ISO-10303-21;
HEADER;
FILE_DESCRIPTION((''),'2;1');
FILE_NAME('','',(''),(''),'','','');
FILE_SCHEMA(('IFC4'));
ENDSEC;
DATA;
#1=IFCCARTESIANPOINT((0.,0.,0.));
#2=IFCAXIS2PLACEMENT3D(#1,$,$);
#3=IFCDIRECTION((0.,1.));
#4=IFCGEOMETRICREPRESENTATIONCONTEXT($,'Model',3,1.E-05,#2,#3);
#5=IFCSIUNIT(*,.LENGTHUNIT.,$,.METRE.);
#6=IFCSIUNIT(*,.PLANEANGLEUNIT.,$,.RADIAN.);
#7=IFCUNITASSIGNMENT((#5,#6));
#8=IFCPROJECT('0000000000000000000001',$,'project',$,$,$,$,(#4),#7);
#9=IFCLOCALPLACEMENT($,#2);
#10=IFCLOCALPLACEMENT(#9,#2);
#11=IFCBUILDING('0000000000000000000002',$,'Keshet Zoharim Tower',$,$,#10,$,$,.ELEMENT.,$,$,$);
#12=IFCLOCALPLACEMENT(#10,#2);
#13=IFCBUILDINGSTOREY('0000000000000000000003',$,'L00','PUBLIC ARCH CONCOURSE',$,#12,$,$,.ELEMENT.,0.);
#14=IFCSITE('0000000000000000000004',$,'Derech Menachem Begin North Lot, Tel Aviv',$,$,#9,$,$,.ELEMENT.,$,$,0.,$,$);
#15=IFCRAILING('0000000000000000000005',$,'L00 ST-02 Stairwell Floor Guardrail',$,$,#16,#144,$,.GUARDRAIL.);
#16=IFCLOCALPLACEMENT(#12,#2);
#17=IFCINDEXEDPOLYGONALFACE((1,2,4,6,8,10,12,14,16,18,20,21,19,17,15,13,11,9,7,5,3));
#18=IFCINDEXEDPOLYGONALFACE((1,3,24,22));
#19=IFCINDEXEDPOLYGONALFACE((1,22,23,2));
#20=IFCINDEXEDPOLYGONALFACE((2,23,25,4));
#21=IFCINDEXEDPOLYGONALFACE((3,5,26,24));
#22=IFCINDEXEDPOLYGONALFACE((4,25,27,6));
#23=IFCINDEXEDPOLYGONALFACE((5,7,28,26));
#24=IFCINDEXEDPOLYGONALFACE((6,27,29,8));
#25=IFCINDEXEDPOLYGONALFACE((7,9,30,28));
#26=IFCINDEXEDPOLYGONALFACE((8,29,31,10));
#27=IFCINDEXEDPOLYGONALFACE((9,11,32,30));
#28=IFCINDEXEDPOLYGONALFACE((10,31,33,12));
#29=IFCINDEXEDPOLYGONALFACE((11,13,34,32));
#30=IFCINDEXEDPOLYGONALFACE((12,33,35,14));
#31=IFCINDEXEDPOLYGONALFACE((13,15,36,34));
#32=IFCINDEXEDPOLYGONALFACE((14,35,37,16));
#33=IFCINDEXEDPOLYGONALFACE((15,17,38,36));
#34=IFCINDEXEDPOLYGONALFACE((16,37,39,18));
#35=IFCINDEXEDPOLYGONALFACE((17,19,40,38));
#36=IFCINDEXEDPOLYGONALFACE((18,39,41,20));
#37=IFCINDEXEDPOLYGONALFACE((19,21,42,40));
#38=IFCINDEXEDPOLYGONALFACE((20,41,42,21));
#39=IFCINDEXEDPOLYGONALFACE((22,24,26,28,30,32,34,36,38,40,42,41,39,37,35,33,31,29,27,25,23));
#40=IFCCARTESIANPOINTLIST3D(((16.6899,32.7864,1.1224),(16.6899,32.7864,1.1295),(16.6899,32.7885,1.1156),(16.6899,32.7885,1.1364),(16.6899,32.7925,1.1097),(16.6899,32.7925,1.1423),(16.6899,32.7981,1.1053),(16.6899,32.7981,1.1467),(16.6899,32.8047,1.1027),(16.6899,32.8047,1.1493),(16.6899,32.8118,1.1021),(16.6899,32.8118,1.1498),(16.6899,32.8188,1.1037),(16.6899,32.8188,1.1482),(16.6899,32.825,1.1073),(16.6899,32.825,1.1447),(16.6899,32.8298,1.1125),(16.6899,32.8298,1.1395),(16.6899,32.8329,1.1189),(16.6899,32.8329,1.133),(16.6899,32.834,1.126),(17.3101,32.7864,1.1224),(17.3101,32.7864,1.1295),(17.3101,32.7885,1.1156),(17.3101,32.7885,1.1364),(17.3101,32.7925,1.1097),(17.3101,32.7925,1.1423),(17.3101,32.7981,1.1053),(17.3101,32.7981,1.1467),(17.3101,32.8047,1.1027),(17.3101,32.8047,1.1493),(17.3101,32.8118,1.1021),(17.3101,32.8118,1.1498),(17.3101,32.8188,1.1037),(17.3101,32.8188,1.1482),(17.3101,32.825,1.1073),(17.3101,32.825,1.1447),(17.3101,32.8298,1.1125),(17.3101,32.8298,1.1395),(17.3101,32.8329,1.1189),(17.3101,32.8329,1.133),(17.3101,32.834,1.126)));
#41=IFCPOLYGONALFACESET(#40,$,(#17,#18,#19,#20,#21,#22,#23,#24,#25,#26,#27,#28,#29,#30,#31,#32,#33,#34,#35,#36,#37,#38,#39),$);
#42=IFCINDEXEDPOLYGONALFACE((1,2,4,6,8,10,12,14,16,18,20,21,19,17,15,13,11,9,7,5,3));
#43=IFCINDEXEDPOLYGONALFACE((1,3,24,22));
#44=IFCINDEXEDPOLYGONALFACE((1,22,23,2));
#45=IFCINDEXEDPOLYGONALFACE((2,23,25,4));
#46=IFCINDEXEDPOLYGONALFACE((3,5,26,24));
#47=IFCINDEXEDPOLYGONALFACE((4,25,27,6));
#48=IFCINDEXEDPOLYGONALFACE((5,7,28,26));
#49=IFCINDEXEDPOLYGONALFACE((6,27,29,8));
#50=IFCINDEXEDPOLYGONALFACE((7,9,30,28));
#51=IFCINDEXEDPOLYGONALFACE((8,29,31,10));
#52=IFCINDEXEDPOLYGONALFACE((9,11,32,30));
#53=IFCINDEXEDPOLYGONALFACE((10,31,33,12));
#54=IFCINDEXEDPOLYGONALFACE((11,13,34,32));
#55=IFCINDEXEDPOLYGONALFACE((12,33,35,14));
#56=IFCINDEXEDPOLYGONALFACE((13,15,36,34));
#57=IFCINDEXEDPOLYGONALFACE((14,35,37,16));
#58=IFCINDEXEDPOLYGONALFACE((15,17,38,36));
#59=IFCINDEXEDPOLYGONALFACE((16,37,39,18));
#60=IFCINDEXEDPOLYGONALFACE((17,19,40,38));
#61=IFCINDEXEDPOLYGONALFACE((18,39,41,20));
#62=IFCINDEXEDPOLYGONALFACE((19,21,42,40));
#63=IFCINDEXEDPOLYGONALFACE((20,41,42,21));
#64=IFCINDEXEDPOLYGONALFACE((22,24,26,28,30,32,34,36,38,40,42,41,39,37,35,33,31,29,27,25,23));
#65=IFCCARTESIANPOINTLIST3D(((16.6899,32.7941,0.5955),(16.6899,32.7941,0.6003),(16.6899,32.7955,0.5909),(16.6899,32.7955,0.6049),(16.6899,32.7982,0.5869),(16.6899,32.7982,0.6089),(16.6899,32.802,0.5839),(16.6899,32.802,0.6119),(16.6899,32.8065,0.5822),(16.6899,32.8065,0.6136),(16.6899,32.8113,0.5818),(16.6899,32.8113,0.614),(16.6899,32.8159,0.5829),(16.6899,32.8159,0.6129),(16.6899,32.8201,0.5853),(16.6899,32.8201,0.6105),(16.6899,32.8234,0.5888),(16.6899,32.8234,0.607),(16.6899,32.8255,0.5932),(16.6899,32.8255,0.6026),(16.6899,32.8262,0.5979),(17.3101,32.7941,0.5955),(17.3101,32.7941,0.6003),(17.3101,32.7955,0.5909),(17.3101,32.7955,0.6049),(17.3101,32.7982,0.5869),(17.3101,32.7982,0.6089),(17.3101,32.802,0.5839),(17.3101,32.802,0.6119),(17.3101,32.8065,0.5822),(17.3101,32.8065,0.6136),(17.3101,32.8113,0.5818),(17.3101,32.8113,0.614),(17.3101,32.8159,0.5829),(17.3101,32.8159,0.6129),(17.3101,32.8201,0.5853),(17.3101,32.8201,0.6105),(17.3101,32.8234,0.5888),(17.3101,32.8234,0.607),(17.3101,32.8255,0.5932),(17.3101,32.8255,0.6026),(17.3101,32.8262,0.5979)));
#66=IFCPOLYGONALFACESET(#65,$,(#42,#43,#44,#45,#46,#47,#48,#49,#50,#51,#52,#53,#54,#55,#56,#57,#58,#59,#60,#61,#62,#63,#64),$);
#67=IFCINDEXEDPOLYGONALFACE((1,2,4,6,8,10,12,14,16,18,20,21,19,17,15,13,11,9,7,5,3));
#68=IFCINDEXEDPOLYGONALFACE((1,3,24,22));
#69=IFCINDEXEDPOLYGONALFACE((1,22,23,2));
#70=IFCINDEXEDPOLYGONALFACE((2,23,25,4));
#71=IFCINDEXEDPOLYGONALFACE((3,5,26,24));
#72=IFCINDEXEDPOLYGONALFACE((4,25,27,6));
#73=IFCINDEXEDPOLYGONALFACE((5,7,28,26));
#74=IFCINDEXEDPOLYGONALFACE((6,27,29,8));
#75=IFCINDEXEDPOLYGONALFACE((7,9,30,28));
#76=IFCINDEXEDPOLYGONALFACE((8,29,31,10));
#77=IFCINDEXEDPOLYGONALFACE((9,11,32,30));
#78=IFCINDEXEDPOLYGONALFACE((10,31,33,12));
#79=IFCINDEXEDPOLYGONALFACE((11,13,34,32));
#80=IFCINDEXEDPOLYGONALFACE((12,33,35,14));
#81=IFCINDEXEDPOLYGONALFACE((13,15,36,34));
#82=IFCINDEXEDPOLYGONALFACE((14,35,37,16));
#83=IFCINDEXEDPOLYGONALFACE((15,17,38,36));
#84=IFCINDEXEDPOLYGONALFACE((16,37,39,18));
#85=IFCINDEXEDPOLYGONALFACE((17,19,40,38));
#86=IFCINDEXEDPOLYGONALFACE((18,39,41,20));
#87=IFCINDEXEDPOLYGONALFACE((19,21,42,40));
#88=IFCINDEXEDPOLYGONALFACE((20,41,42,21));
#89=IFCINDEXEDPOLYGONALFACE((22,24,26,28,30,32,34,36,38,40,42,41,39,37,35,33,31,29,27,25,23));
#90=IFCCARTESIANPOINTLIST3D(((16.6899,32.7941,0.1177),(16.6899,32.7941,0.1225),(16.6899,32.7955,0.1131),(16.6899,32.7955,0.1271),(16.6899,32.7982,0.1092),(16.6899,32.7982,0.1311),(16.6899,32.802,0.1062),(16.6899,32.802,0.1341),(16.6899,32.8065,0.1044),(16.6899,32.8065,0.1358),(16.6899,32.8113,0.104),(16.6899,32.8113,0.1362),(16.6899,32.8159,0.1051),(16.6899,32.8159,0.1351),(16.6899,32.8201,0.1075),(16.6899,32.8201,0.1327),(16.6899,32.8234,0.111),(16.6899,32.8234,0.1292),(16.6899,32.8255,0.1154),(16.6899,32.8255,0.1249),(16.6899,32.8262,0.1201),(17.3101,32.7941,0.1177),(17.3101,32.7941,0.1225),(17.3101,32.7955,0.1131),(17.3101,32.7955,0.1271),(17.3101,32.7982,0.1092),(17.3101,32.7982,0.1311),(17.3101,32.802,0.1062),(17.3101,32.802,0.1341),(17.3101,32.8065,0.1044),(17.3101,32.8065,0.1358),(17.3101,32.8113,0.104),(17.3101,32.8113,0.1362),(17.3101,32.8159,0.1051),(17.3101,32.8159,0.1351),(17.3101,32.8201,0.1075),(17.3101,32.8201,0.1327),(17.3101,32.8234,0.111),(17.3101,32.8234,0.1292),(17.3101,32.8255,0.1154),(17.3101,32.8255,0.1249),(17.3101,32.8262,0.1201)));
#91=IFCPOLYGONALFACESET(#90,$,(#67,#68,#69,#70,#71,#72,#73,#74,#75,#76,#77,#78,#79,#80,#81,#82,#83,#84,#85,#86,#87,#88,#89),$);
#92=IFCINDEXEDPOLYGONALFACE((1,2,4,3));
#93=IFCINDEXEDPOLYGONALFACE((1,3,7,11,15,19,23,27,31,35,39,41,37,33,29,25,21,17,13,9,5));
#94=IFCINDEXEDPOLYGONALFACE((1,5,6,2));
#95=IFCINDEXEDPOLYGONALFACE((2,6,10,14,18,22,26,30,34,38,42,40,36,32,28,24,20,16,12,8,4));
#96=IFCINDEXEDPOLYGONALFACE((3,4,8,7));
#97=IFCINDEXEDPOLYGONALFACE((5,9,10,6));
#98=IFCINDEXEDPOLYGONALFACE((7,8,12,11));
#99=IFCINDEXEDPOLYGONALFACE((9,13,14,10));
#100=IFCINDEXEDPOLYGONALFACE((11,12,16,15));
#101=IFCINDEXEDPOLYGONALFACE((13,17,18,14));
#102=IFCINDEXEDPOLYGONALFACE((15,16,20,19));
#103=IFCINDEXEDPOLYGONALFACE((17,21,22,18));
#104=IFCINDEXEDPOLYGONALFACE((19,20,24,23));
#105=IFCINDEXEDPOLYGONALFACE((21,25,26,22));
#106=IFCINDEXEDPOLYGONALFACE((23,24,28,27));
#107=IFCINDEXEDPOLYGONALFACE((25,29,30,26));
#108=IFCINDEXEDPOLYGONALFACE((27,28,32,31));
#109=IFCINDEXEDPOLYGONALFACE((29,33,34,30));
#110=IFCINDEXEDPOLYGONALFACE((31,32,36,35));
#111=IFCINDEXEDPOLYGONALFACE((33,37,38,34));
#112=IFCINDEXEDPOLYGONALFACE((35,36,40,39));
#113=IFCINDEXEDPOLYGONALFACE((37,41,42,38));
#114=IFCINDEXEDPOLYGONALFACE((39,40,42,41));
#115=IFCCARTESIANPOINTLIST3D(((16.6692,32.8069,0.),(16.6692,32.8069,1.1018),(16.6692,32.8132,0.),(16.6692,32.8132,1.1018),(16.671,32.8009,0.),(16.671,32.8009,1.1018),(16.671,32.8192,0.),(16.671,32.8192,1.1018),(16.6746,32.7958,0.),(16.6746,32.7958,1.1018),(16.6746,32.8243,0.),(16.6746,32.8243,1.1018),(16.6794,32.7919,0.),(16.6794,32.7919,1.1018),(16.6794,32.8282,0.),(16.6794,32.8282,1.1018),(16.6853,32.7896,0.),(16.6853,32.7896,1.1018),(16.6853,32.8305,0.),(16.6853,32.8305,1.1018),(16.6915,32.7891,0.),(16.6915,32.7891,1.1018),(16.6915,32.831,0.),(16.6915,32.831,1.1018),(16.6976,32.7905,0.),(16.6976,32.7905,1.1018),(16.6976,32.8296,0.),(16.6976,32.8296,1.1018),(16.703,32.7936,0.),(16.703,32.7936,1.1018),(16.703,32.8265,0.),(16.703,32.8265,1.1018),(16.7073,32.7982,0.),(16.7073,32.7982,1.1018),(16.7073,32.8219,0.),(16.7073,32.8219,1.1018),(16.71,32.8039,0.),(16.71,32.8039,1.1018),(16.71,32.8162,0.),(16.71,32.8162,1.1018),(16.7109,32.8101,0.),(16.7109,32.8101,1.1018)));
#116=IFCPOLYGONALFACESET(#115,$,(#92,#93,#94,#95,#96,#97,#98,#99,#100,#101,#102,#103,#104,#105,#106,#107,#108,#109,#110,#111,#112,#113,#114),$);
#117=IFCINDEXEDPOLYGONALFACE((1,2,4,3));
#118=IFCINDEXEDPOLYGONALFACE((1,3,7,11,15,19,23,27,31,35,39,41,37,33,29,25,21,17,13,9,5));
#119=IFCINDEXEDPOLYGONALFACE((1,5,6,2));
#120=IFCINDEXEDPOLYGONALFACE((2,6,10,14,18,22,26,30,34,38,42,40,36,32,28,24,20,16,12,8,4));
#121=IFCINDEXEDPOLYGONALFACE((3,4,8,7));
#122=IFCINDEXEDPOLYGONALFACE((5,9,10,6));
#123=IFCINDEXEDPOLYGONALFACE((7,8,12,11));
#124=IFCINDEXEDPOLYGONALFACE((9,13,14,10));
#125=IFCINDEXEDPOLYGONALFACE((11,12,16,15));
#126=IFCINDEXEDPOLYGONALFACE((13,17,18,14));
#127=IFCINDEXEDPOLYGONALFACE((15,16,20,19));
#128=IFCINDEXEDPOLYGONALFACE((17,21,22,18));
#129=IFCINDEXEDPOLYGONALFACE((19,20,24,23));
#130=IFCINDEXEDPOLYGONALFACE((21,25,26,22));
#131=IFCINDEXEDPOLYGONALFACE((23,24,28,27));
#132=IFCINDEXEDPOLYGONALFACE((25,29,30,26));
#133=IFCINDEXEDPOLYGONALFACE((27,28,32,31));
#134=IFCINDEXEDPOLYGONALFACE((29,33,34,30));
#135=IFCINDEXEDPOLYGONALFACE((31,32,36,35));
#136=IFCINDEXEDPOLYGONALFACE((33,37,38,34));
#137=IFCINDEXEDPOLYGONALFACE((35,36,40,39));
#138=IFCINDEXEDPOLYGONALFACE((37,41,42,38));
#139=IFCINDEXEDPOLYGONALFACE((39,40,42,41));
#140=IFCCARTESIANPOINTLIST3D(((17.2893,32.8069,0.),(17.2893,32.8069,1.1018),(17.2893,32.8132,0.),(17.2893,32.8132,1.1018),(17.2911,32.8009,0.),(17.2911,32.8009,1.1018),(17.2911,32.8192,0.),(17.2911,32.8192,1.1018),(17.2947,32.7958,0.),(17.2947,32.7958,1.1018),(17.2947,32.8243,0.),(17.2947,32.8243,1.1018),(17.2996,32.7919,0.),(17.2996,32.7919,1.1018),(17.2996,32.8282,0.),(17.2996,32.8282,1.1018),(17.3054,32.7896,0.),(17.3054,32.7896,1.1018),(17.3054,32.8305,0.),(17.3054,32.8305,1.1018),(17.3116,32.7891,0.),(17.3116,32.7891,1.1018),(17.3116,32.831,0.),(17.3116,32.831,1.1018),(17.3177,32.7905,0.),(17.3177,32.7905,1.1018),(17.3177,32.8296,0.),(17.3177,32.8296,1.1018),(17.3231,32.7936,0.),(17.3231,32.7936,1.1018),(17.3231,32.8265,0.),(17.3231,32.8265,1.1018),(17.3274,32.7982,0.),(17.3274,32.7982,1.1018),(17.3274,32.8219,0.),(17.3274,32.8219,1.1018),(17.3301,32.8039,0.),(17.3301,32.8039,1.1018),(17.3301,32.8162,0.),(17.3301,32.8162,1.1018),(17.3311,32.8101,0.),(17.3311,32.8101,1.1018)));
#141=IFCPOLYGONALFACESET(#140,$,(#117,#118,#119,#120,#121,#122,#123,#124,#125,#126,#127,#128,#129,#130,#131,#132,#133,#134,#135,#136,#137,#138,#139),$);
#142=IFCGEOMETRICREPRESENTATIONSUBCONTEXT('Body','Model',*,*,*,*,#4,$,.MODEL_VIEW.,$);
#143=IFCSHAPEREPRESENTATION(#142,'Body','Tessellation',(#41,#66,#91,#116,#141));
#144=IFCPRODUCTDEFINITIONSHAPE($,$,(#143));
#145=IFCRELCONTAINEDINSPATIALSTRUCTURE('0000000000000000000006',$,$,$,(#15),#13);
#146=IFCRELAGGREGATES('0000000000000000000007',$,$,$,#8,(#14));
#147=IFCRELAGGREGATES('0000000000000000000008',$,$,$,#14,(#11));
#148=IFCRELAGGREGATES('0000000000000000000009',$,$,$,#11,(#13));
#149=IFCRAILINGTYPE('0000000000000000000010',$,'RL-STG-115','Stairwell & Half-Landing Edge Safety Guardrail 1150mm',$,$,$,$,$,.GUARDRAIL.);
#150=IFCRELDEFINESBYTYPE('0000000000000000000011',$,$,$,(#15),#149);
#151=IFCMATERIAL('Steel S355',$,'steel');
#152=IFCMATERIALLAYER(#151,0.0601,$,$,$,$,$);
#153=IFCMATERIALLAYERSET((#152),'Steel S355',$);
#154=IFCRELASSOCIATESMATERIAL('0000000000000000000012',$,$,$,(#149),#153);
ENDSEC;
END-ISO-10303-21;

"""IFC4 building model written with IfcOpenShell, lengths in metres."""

from ifc_helpers import new_model, si_unit, direction, frame, origin, origin_2d, place, context, subcontext, project, spatial, circle, extrude, material, layer, layer_set, type_object, element, save


model = new_model("IFC4")

# Units and contexts
model_context = context("Model", 3, precision=1e-05, world=origin(), true_north=direction((0.0, 1.0)))
body_context = subcontext(model_context, "Body", "Model", "MODEL_VIEW")
ifc_project = project(units=[si_unit("LENGTHUNIT", "METRE"), si_unit("PLANEANGLEUNIT", "RADIAN")], contexts=[model_context])

# Site, building, storey
site_placement = place(None, origin())
site = spatial("IfcSite", under=ifc_project, at=site_placement, Name="Derech Menachem Begin North Lot, Tel Aviv", CompositionType="ELEMENT", RefElevation=0.0)
building_placement = place(site_placement, origin())
building = spatial("IfcBuilding", under=site, at=building_placement, Name="Keshet Zoharim Tower", CompositionType="ELEMENT")
storey_placement = place(building_placement, origin())
storey = spatial("IfcBuildingStorey", under=building, at=storey_placement, Name="L00", Description="PUBLIC ARCH CONCOURSE", CompositionType="ELEMENT", Elevation=0.0)

# Shared definitions
ifc_material_1 = material(Name="Steel S355", Category="steel")

# Railing
ifc_layer_1 = layer(ifc_material_1, 0.0601)
ifc_layer_set_1 = layer_set([ifc_layer_1], Name="Steel S355")
railing_type_1 = type_object("IfcRailingType", Name="RL-STG-115", Description="Stairwell & Half-Landing Edge Safety Guardrail 1150mm", PredefinedType="GUARDRAIL", material=ifc_layer_set_1)
railing_placement = place(storey_placement, frame((16.6899, 32.8101, 0.0)))
element("IfcRailing", 1, at=railing_placement, inside=storey, type_object=railing_type_1, Name="L00 ST-02 Stairwell Floor Guardrail", PredefinedType="GUARDRAIL", context=body_context, shape_type="SweptSolid", body=[
    extrude(circle(Radius=0.0239, at=origin_2d()), frame((0.0, 0.0, 1.126), z_axis=(1.0, 0.0, 0.0), x_axis=(0.0, 1.0, 0.0)), (0.0, 0.0, 1.0), 0.6201),
    extrude(circle(Radius=0.0161, at=origin_2d()), frame((0.0, 0.0, 0.5979), z_axis=(1.0, 0.0, 0.0), x_axis=(0.0, 1.0, 0.0)), (0.0, 0.0, 1.0), 0.6201),
    extrude(circle(Radius=0.0161, at=origin_2d()), frame((0.0, 0.0, 0.1201), z_axis=(1.0, 0.0, 0.0), x_axis=(0.0, 1.0, 0.0)), (0.0, 0.0, 1.0), 0.6201),
    extrude(circle(Radius=0.021, at=origin_2d()), origin(), (0.0, 0.0, 1.0), 1.1018),
    extrude(circle(Radius=0.021, at=origin_2d()), frame((0.6201, 0.0, 0.0)), (0.0, 0.0, 1.0), 1.1018),
])

save(model, "model.ifc")
